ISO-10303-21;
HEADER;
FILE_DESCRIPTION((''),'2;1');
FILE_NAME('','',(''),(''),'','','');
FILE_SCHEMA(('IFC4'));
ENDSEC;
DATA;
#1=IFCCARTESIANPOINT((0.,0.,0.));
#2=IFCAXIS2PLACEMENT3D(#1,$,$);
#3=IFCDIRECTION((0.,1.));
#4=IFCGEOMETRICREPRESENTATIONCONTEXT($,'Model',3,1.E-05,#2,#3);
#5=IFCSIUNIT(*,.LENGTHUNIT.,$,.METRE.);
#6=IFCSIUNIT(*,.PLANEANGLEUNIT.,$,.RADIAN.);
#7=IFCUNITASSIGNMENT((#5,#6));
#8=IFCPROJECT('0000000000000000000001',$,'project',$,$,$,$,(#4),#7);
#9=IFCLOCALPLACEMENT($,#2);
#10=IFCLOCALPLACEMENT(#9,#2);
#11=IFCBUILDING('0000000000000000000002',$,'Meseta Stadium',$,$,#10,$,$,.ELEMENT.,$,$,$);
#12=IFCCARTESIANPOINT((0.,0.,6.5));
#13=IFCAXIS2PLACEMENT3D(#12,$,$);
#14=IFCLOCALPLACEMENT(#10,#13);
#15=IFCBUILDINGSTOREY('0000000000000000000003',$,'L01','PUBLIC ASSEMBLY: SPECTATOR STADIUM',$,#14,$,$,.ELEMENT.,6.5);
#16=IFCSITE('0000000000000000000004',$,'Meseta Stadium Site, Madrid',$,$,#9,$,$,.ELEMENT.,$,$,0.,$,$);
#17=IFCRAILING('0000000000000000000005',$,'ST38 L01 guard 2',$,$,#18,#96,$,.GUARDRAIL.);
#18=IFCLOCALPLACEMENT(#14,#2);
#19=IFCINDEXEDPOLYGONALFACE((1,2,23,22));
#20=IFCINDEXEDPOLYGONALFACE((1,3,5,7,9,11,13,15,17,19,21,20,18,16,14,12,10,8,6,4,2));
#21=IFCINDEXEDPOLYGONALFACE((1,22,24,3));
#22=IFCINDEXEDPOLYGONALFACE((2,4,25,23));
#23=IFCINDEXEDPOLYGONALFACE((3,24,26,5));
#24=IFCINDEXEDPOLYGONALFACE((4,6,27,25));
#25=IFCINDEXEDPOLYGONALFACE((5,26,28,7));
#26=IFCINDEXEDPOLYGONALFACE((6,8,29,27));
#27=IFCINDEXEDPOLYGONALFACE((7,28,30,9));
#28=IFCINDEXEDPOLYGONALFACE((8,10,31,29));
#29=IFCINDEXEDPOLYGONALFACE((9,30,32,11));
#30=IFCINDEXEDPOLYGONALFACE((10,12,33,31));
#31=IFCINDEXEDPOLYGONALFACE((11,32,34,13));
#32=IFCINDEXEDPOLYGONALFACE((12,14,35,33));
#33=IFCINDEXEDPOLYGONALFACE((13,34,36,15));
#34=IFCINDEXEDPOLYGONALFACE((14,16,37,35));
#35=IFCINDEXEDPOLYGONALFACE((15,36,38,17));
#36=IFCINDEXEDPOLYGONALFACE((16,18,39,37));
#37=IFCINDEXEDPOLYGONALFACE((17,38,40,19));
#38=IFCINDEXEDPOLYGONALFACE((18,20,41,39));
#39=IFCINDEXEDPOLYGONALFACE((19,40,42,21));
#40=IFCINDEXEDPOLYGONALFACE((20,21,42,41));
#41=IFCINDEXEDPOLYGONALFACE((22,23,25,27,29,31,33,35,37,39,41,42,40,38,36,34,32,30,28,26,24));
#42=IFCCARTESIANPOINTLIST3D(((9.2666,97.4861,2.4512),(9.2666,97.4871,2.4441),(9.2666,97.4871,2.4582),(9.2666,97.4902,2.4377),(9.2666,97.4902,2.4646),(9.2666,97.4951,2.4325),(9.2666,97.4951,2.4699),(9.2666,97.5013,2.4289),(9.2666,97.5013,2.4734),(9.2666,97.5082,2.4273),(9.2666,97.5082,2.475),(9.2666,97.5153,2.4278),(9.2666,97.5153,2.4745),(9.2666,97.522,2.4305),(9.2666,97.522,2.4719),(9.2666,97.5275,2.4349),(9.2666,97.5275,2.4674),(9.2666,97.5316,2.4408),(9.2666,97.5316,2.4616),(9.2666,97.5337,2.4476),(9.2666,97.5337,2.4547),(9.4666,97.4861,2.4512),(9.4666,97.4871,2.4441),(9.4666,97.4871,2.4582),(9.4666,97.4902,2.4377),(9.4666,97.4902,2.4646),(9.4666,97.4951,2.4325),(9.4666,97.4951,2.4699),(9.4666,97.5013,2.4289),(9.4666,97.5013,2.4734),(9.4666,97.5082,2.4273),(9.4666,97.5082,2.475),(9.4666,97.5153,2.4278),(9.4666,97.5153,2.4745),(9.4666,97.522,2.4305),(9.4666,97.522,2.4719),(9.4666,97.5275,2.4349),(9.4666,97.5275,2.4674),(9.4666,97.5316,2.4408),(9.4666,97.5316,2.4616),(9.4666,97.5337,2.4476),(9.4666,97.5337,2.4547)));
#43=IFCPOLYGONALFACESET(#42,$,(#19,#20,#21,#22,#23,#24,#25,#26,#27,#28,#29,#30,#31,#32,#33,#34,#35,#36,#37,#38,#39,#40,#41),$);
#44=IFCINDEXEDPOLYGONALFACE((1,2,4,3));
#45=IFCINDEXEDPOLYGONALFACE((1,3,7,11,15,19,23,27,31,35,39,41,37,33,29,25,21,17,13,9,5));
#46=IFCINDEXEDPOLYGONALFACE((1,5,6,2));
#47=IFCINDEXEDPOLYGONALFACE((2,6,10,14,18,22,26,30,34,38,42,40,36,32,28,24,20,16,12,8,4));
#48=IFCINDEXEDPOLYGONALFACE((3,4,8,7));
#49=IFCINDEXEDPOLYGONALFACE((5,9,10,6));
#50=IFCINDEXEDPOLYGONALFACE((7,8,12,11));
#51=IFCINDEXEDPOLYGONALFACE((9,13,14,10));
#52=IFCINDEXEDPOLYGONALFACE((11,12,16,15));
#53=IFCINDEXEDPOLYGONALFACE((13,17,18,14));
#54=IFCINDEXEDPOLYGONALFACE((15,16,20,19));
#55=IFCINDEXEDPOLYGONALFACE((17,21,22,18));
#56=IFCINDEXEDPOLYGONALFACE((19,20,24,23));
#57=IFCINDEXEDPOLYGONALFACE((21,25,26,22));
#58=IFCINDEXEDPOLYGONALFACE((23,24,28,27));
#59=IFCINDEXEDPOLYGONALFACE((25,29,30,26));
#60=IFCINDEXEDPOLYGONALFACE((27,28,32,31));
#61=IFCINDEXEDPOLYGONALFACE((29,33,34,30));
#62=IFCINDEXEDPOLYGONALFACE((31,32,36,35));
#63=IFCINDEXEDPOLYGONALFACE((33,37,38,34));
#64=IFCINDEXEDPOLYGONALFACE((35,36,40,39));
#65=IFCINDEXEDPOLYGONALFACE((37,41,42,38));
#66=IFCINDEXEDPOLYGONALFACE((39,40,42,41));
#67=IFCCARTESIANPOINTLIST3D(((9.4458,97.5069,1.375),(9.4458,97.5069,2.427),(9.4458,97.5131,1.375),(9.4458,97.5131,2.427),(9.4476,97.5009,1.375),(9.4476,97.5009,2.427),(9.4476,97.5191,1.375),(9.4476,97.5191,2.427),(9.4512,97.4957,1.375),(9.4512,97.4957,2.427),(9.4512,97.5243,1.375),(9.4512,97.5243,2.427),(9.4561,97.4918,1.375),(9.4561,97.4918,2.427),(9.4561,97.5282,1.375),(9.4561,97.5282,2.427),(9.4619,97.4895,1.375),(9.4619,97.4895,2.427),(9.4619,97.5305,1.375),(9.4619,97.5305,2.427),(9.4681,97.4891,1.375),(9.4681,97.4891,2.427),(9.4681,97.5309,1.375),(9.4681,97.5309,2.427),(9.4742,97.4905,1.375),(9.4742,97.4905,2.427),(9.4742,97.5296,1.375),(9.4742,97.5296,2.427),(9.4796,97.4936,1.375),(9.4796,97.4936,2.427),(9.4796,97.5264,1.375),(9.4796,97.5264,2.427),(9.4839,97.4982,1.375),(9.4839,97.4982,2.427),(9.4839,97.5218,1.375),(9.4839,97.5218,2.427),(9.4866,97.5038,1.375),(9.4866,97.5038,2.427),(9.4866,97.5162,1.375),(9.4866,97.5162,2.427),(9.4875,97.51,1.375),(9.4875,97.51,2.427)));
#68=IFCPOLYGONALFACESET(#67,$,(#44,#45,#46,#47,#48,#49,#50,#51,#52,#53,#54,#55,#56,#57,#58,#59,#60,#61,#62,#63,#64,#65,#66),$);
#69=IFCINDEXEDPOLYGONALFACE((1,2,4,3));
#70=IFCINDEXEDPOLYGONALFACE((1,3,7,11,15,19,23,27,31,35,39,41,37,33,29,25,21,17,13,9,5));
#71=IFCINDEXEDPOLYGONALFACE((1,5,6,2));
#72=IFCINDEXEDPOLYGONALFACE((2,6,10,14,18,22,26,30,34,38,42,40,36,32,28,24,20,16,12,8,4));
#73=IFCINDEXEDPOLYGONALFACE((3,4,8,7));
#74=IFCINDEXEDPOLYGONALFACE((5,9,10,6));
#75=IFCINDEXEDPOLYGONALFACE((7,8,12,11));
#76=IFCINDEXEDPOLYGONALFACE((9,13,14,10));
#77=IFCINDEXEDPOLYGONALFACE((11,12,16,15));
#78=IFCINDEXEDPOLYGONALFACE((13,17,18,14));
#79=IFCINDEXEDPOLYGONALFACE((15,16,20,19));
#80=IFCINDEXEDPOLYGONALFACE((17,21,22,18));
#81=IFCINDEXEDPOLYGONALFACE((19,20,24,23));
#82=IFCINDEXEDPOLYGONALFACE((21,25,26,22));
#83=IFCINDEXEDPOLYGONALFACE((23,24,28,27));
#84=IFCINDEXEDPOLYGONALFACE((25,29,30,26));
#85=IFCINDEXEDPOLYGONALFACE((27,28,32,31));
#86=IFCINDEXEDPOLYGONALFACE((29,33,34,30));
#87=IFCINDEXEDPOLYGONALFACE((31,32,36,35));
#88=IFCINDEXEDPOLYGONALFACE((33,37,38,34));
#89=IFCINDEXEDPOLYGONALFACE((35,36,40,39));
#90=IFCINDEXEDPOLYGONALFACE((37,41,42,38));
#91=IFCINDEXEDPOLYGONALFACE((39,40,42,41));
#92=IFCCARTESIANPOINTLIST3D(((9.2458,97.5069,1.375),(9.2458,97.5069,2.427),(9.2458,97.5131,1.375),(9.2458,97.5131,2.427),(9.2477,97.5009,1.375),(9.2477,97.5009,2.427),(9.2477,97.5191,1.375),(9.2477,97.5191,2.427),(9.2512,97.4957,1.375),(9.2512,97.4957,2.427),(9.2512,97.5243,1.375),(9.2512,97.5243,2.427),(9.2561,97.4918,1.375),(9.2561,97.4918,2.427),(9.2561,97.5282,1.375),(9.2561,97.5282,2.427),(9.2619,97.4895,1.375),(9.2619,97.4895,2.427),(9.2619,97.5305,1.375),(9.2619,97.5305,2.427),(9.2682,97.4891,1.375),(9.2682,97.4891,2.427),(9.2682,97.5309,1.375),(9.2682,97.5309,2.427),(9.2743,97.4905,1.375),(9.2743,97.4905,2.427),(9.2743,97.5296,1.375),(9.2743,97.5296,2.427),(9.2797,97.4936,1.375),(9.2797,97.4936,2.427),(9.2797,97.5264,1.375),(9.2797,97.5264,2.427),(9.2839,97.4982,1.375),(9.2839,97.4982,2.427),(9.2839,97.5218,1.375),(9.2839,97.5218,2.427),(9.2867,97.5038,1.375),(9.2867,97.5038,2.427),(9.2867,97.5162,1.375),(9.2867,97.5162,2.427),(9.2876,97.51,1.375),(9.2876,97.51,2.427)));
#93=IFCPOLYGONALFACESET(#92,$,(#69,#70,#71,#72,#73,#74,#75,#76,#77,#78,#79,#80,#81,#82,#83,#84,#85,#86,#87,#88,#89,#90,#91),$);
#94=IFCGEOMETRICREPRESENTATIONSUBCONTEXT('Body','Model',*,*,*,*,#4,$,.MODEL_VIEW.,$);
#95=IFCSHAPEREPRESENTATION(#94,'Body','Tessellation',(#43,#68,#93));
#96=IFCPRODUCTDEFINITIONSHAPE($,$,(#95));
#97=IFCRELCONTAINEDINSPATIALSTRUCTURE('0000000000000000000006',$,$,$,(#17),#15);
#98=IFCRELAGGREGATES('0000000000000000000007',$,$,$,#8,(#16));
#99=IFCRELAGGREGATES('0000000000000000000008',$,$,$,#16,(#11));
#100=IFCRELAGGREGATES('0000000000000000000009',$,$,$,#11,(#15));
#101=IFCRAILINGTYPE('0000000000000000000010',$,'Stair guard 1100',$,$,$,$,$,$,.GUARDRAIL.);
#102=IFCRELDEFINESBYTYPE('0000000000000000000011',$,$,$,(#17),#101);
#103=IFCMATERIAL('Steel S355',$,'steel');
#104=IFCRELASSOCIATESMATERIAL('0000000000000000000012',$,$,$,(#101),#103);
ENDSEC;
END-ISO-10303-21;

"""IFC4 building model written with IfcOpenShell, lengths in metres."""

from ifc_helpers import new_model, si_unit, direction, frame, origin, origin_2d, place, context, subcontext, project, spatial, circle, extrude, material, type_object, element, save


model = new_model("IFC4")

# Units and contexts
model_context = context("Model", 3, precision=1e-05, world=origin(), true_north=direction((0.0, 1.0)))
body_context = subcontext(model_context, "Body", "Model", "MODEL_VIEW")
ifc_project = project(units=[si_unit("LENGTHUNIT", "METRE"), si_unit("PLANEANGLEUNIT", "RADIAN")], contexts=[model_context])

# Site, building, storey
site_placement = place(None, origin())
site = spatial("IfcSite", under=ifc_project, at=site_placement, Name="Meseta Stadium Site, Madrid", CompositionType="ELEMENT", RefElevation=0.0)
building_placement = place(site_placement, origin())
building = spatial("IfcBuilding", under=site, at=building_placement, Name="Meseta Stadium", CompositionType="ELEMENT")
storey_placement = place(building_placement, frame((0.0, 0.0, 6.5)))
storey = spatial("IfcBuildingStorey", under=building, at=storey_placement, Name="L01", Description="PUBLIC ASSEMBLY: SPECTATOR STADIUM", CompositionType="ELEMENT", Elevation=6.5)

# Railing
ifc_material_1 = material(Name="Steel S355", Category="steel")
railing_type_1 = type_object("IfcRailingType", Name="Stair guard 1100", PredefinedType="GUARDRAIL", material=ifc_material_1)
railing_1_placement = place(storey_placement, frame((9.4666, 97.51, 1.375)))
element("IfcRailing", 1, at=railing_1_placement, inside=storey, type_object=railing_type_1, Name="ST38 L01 guard 2", PredefinedType="GUARDRAIL", context=body_context, shape_type="SweptSolid", body=[
    extrude(circle(Radius=0.0239, at=origin_2d()), frame((0.0, 0.0, 1.0762), z_axis=(-1.0, 0.0, 0.0), x_axis=(0.0, -1.0, 0.0)), (0.0, 0.0, 1.0), 0.2),
    extrude(circle(Radius=0.021, at=origin_2d()), origin(), (0.0, 0.0, 1.0), 1.052),
    extrude(circle(Radius=0.021, at=origin_2d()), frame((-0.2, 0.0, 0.0)), (0.0, 0.0, 1.0), 1.052),
])

save(model, "model.ifc")
